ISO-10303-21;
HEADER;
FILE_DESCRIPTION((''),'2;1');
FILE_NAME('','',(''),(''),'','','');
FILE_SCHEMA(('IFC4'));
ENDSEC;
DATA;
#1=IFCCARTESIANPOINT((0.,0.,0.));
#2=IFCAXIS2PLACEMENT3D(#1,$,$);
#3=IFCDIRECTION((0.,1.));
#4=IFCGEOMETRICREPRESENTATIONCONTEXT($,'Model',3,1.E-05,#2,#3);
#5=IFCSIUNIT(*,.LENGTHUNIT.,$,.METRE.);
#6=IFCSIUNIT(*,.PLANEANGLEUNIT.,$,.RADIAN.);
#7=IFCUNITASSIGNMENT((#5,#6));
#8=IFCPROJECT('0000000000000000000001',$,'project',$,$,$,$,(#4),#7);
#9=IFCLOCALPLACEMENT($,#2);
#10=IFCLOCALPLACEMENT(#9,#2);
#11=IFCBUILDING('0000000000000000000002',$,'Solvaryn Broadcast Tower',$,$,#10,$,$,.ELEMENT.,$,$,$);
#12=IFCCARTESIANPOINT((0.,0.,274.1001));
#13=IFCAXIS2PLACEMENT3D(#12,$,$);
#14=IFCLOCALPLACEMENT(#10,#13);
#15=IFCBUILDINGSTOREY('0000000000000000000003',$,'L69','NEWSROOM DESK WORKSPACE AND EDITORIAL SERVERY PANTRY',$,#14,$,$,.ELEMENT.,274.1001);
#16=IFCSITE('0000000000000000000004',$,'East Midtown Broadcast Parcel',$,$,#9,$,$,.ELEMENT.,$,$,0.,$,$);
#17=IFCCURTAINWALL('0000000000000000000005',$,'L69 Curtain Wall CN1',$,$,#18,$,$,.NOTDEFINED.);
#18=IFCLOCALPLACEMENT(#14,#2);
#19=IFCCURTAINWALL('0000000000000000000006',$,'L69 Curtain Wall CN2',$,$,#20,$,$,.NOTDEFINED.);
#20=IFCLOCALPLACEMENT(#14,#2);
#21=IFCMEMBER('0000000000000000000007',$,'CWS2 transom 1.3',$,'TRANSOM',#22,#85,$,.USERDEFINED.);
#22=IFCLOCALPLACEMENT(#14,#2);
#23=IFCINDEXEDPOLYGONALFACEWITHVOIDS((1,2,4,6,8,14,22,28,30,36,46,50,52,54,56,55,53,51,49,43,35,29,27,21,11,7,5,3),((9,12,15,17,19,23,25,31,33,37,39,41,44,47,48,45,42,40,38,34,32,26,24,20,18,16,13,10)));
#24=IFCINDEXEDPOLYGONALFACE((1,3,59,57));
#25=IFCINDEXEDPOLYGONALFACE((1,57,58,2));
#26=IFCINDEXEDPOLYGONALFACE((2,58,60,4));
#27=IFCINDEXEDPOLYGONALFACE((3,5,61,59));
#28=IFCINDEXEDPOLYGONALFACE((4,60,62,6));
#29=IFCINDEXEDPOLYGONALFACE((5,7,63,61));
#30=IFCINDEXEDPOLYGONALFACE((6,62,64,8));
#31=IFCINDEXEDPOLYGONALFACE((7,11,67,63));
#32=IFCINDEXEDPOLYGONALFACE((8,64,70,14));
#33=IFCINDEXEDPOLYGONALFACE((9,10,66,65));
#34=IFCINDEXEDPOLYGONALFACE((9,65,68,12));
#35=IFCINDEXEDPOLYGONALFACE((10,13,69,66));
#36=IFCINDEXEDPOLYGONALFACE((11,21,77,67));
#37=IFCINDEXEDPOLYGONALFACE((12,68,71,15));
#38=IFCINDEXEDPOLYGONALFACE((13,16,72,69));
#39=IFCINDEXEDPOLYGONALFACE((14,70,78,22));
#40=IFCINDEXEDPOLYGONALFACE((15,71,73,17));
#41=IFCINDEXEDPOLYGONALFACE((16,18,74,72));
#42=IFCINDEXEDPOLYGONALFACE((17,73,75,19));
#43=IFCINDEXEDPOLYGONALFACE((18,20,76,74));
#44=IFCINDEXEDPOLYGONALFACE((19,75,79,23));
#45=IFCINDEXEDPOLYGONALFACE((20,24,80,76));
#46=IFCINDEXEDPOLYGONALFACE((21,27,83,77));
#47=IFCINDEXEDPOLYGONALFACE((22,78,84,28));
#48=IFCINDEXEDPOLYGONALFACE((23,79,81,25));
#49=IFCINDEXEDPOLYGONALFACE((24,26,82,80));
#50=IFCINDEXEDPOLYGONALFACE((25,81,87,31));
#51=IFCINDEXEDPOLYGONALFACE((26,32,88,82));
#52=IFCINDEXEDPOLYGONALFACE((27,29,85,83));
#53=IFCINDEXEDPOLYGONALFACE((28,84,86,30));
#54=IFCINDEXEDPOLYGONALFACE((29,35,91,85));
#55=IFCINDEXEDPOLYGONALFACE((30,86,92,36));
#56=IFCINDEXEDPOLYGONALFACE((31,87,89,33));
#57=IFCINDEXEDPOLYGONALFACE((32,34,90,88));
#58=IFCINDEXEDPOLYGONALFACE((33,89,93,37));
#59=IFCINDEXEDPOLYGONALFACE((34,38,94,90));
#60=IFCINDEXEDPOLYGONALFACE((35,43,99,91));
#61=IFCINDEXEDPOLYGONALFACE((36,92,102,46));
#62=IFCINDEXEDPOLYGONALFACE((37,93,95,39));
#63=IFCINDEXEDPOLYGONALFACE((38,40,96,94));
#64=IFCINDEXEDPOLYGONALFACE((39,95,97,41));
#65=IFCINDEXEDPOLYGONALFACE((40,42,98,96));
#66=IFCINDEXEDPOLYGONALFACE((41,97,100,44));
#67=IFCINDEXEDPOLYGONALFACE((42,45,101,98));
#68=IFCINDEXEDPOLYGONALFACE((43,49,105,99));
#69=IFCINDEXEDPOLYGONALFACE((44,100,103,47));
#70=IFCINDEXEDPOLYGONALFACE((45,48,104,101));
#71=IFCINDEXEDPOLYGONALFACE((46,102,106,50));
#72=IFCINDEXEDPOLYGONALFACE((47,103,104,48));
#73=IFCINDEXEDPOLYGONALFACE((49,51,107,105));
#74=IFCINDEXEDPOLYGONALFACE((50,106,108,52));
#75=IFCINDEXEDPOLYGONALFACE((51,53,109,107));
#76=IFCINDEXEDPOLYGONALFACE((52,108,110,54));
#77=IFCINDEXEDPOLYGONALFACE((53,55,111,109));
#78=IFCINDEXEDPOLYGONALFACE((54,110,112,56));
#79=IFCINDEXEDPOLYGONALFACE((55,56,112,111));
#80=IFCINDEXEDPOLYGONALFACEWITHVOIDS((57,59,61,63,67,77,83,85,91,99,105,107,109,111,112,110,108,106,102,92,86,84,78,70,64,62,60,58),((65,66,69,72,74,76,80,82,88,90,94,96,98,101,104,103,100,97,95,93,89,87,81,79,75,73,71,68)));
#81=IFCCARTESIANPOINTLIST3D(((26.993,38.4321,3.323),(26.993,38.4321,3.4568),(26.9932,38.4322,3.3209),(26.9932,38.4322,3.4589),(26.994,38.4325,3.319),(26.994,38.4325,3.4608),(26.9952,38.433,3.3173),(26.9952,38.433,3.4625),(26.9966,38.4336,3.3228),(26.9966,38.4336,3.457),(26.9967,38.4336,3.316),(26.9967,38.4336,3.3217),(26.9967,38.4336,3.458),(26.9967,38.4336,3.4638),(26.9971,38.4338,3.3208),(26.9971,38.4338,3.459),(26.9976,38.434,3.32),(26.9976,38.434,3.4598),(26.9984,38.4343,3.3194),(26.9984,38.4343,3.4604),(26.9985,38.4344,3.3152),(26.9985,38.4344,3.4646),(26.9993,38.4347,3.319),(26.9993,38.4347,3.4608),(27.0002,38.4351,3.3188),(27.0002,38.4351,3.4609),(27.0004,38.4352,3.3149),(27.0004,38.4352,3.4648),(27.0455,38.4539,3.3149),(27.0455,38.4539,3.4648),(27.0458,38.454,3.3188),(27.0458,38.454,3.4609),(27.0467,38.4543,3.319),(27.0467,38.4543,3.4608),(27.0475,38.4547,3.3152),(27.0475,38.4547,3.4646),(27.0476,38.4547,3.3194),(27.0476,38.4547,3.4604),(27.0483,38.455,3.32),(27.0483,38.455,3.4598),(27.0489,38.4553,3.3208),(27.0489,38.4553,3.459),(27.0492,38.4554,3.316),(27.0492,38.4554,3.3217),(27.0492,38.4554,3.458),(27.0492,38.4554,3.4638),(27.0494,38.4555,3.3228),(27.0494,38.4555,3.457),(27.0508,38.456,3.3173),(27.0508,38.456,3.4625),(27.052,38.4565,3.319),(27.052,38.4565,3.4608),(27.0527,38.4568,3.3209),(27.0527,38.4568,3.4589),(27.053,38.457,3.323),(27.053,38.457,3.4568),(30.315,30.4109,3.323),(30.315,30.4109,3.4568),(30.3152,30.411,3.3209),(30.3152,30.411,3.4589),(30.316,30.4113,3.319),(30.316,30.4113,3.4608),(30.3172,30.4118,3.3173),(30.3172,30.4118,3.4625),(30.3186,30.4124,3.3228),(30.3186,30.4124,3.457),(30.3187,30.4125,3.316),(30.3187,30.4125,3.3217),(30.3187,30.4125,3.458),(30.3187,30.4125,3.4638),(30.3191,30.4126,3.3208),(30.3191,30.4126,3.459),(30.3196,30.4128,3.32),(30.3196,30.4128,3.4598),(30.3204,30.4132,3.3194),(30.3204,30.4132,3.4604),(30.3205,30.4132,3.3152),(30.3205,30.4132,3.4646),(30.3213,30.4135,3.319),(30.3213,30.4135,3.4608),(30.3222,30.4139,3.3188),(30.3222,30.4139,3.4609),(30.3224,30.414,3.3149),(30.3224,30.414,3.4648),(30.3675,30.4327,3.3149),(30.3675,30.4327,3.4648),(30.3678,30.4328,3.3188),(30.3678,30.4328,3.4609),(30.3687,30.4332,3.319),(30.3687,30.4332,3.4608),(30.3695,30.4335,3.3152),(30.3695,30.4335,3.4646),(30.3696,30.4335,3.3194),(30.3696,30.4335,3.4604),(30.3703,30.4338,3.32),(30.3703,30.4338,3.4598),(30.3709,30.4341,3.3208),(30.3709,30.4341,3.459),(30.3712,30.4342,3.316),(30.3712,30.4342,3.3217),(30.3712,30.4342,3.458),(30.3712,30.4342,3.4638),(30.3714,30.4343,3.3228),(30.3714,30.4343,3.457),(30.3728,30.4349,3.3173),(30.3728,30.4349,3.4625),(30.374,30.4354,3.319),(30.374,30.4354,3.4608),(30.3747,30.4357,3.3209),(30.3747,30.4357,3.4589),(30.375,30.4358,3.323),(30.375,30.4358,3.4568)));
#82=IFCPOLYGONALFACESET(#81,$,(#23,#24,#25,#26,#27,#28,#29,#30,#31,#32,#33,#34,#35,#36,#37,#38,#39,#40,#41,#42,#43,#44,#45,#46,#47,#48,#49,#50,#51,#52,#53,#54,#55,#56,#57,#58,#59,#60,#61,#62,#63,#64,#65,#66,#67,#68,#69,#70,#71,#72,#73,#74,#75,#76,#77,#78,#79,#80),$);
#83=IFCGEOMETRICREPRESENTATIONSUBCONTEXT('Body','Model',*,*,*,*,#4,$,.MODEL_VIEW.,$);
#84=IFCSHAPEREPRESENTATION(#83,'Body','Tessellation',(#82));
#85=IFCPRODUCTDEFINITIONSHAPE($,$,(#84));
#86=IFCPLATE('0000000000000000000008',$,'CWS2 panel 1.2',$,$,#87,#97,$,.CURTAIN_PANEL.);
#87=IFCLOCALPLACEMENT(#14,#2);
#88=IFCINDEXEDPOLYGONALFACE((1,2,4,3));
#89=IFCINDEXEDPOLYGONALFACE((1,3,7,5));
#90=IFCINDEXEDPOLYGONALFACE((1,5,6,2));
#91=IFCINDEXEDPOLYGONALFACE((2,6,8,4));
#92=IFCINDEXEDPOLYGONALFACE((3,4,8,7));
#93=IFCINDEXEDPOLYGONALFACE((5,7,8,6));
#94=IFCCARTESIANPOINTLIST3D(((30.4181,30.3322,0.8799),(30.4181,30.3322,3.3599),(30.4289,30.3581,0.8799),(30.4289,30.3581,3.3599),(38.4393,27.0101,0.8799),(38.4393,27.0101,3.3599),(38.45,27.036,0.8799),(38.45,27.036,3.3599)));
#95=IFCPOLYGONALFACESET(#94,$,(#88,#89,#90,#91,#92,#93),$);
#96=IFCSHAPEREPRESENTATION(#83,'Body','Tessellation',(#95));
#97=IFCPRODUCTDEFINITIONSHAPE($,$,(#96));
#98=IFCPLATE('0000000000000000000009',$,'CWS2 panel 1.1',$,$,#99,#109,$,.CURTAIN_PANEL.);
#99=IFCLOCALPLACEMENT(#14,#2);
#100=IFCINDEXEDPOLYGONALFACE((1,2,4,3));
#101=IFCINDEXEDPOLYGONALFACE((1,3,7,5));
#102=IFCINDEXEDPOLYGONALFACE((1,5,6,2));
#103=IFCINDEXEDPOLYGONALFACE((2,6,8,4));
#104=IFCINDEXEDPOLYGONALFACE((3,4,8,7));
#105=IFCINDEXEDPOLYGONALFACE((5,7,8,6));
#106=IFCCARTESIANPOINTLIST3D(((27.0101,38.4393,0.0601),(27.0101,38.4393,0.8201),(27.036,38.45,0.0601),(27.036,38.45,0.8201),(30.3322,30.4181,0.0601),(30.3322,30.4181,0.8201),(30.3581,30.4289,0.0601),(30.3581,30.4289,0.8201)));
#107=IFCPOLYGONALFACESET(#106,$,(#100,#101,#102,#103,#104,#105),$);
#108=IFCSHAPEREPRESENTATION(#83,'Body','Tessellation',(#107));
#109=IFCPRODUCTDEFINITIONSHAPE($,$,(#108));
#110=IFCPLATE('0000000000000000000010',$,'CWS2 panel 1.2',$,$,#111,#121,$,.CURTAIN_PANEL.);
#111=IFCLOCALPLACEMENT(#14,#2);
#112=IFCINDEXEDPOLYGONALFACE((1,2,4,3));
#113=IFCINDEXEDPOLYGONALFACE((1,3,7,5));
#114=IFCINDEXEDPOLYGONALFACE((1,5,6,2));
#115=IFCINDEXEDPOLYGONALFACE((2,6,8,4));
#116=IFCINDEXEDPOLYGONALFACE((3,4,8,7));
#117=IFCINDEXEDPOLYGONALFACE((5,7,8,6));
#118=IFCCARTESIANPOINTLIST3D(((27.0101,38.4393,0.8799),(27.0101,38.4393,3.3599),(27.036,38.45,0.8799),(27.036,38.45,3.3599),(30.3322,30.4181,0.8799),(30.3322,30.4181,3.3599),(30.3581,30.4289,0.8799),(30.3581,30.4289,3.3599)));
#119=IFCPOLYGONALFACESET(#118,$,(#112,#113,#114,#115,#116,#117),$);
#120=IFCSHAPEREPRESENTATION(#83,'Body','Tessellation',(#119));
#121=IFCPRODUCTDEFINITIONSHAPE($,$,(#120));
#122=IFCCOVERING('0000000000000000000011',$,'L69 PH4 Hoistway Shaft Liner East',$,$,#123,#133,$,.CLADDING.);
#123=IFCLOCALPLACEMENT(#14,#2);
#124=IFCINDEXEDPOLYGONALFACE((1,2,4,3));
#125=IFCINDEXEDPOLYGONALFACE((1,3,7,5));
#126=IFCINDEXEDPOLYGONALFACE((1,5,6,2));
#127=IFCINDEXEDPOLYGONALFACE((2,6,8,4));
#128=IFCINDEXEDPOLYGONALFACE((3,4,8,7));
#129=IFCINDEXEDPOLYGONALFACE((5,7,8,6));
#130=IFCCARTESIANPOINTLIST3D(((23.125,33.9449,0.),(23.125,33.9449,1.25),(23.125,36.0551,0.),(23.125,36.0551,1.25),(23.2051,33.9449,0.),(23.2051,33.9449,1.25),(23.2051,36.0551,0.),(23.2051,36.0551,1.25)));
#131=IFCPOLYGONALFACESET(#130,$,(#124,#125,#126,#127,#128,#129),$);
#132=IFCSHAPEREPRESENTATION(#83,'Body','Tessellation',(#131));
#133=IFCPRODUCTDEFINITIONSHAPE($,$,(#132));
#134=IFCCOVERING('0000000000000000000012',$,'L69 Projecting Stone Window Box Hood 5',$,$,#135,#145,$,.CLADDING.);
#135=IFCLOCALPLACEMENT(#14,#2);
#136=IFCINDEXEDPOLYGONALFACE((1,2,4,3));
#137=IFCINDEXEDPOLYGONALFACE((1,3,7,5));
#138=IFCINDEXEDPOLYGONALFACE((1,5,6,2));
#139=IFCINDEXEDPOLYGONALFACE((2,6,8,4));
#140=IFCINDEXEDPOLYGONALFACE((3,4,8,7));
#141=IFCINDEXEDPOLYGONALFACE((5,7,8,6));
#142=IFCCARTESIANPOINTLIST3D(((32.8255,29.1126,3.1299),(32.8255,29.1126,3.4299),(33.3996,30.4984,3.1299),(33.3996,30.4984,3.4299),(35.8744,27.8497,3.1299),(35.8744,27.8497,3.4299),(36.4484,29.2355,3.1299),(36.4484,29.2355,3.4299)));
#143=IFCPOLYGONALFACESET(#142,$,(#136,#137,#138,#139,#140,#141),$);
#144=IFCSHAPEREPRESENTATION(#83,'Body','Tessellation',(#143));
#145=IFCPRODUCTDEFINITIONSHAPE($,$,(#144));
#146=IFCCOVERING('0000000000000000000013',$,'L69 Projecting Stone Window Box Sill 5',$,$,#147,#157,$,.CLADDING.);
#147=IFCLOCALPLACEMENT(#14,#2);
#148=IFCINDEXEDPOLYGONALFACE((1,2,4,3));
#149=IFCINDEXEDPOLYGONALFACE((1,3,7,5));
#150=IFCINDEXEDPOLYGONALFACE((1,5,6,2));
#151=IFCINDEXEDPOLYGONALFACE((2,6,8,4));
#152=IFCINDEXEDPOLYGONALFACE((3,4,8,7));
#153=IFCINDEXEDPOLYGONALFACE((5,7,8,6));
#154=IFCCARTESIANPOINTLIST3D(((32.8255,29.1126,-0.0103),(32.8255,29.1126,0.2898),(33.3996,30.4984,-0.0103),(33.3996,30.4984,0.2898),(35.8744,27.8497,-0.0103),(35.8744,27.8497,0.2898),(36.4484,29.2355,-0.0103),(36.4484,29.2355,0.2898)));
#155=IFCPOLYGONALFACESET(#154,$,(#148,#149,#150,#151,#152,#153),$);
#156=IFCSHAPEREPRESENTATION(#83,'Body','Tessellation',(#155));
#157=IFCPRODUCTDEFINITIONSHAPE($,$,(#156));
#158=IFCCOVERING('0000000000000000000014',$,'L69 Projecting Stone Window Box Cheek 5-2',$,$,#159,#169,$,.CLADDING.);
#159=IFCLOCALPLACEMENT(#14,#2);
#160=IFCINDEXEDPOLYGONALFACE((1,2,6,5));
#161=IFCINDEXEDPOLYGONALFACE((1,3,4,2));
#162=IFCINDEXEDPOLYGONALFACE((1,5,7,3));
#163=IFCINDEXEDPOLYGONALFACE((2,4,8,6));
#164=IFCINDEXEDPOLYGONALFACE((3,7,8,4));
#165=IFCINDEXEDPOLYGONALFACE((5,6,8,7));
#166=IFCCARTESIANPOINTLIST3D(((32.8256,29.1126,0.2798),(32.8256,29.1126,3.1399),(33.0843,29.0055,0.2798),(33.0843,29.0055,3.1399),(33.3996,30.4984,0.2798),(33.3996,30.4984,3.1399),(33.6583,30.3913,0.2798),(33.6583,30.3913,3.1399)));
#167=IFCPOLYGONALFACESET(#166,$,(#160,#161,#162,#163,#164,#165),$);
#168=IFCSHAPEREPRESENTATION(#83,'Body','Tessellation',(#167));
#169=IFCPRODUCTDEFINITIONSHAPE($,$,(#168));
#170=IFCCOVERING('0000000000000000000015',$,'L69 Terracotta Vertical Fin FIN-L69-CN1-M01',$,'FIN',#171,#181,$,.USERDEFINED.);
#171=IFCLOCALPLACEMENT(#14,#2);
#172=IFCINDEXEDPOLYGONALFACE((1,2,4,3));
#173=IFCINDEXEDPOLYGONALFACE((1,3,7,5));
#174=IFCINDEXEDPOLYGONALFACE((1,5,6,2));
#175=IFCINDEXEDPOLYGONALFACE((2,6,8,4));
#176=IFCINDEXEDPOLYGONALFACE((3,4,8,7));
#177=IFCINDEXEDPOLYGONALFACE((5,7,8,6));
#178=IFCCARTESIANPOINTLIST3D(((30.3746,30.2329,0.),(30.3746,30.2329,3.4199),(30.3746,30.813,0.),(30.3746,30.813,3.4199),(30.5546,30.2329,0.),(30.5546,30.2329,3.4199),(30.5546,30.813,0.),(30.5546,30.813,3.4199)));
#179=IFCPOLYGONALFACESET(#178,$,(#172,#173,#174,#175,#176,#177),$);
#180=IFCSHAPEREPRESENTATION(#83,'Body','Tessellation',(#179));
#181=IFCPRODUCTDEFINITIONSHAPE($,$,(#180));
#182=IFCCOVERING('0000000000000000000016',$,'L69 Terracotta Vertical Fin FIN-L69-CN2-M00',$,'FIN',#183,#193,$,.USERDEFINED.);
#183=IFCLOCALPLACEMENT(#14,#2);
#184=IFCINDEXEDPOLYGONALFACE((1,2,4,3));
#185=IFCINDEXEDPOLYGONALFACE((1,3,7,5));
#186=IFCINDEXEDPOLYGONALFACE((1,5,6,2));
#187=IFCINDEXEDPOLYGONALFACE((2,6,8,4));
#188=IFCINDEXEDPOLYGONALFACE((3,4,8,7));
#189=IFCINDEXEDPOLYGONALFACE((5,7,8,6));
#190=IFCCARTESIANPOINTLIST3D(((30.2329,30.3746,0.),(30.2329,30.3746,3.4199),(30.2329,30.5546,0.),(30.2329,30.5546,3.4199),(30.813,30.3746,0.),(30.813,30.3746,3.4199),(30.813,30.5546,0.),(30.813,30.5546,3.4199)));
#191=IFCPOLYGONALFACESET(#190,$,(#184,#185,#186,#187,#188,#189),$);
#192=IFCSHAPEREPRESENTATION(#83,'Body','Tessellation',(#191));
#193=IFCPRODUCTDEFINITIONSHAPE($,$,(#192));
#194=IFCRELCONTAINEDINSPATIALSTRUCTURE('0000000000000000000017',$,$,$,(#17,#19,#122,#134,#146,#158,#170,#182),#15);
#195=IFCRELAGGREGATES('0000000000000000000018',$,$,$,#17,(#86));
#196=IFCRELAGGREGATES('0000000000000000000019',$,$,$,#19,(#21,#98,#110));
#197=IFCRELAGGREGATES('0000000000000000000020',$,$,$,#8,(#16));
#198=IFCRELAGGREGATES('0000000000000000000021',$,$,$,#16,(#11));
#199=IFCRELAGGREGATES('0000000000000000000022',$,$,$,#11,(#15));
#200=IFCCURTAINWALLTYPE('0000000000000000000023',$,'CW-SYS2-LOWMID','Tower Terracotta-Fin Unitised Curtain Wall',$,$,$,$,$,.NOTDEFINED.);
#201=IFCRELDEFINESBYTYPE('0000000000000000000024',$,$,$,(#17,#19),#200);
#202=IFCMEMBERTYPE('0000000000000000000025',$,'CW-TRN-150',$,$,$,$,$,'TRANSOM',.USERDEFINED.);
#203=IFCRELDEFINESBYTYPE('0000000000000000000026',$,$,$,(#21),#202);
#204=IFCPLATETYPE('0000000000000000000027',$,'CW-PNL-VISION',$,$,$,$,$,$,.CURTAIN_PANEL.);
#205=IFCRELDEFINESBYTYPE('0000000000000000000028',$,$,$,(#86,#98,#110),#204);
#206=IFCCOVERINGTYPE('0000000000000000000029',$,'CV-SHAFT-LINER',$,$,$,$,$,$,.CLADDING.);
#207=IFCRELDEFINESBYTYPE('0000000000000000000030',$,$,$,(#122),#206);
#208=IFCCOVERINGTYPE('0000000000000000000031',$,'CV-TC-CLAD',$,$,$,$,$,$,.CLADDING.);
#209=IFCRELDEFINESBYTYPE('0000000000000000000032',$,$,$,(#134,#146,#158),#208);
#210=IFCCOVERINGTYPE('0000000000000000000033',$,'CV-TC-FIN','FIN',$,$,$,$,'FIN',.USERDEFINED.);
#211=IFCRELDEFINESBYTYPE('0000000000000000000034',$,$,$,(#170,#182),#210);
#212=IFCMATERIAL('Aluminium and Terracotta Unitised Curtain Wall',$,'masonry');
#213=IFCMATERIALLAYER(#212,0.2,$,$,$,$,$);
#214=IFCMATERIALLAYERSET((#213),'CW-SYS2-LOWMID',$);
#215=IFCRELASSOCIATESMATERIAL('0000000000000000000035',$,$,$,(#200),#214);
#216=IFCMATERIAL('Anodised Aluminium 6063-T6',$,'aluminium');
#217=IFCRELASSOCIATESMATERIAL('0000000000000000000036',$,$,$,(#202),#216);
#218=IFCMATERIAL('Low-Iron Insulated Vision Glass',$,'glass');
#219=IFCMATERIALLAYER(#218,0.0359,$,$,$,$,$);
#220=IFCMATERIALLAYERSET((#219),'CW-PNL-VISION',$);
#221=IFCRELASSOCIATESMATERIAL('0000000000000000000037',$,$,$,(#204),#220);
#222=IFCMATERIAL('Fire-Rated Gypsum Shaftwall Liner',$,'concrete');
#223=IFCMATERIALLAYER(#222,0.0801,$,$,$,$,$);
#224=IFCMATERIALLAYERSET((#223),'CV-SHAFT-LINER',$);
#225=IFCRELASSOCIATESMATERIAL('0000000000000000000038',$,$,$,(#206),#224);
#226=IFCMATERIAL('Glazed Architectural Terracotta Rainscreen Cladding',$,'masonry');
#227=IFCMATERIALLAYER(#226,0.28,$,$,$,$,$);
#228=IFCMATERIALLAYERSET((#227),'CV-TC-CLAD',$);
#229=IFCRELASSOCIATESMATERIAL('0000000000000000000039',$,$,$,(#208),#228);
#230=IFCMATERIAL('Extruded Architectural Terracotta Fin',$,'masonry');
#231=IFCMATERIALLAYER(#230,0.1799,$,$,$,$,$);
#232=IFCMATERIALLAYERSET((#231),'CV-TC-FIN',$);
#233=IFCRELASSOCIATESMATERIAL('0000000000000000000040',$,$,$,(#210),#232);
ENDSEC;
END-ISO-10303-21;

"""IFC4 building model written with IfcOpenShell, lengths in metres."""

from ifc_helpers import new_model, si_unit, direction, frame, origin, origin_2d, place, context, subcontext, project, spatial, rectangle, hollow_rectangle, extrude, material, layer, layer_set, material_profile, profile_set, type_object, element, aggregate, save


model = new_model("IFC4")

# Units and contexts
model_context = context("Model", 3, precision=1e-05, world=origin(), true_north=direction((0.0, 1.0)))
body_context = subcontext(model_context, "Body", "Model", "MODEL_VIEW")
ifc_project = project(units=[si_unit("LENGTHUNIT", "METRE"), si_unit("PLANEANGLEUNIT", "RADIAN")], contexts=[model_context])

# Site, building, storey
site_placement = place(None, origin())
site = spatial("IfcSite", under=ifc_project, at=site_placement, Name="East Midtown Broadcast Parcel", CompositionType="ELEMENT", RefElevation=0.0)
building_placement = place(site_placement, origin())
building = spatial("IfcBuilding", under=site, at=building_placement, Name="Solvaryn Broadcast Tower", CompositionType="ELEMENT")
storey_placement = place(building_placement, frame((0.0, 0.0, 274.1001)))
storey = spatial("IfcBuildingStorey", under=building, at=storey_placement, Name="L69", Description="NEWSROOM DESK WORKSPACE AND EDITORIAL SERVERY PANTRY", CompositionType="ELEMENT", Elevation=274.1001)

# Curtain wall
ifc_material_1 = material(Name="Aluminium and Terracotta Unitised Curtain Wall", Category="masonry")
ifc_layer_1 = layer(ifc_material_1, 0.2)
ifc_layer_set_1 = layer_set([ifc_layer_1], Name="CW-SYS2-LOWMID")
curtain_wall_type = type_object("IfcCurtainWallType", Name="CW-SYS2-LOWMID", Description="Tower Terracotta-Fin Unitised Curtain Wall", PredefinedType="NOTDEFINED", material=ifc_layer_set_1)
curtain_wall_1_placement = place(storey_placement, origin())
curtain_wall_1 = element("IfcCurtainWall", 1, at=curtain_wall_1_placement, inside=storey, type_object=curtain_wall_type, Name="L69 Curtain Wall CN1", PredefinedType="NOTDEFINED")

# Curtain wall, member
curtain_wall_2_placement = place(storey_placement, origin())
curtain_wall_2 = element("IfcCurtainWall", 2, at=curtain_wall_2_placement, inside=storey, type_object=curtain_wall_type, Name="L69 Curtain Wall CN2", PredefinedType="NOTDEFINED")
ifc_material_2 = material(Name="Anodised Aluminium 6063-T6", Category="aluminium")
ifc_material_profile_1 = material_profile(ifc_material_2, hollow_rectangle(XDim=0.0649, YDim=0.1499, WallThickness=0.0039, InnerFilletRadius=0.0039, OuterFilletRadius=0.0081, at=origin_2d()))
ifc_profile_set_1 = profile_set([ifc_material_profile_1], Name="Anodised Aluminium 6063-T6")
member_type_1 = type_object("IfcMemberType", Name="CW-TRN-150", ElementType="TRANSOM", PredefinedType="USERDEFINED", material=ifc_profile_set_1)
member_1_placement = place(storey_placement, frame((30.345, 30.4233, 3.3899), z_axis=(-0.382636, 0.923899, 0.0), x_axis=(-0.923899, -0.382636, 0.0)))
member_1 = element("IfcMember", 3, at=member_1_placement, type_object=member_type_1, Name="CWS2 transom 1.3", ObjectType="TRANSOM", PredefinedType="USERDEFINED", context=body_context, shape_type="SweptSolid", body=[
    extrude(hollow_rectangle(XDim=0.0649, YDim=0.1499, WallThickness=0.0039, InnerFilletRadius=0.0039, OuterFilletRadius=0.0081, at=origin_2d()), origin(), (0.0, 0.0, 1.0), 8.6819),
])

# Plates
ifc_material_3 = material(Name="Low-Iron Insulated Vision Glass", Category="glass")
ifc_layer_2 = layer(ifc_material_3, 0.0359)
ifc_layer_set_2 = layer_set([ifc_layer_2], Name="CW-PNL-VISION")
plate_type = type_object("IfcPlateType", Name="CW-PNL-VISION", PredefinedType="CURTAIN_PANEL", material=ifc_layer_set_2)
plate_1_placement = place(storey_placement, frame((34.4341, 28.6841, 0.8799), z_axis=(0.0, 0.0, 1.0), x_axis=(-0.923895, 0.382646, 0.0)))
plate_1 = element("IfcPlate", 4, at=plate_1_placement, type_object=plate_type, Name="CWS2 panel 1.2", PredefinedType="CURTAIN_PANEL", context=body_context, shape_type="SweptSolid", body=[
    extrude(rectangle(XDim=8.6819, YDim=0.0281, at=origin_2d()), origin(), (0.0, 0.0, 1.0), 2.48),
])
aggregate(curtain_wall_1, [plate_1])
plate_2_placement = place(storey_placement, frame((28.6841, 34.4341, 0.0601), z_axis=(0.0, 0.0, 1.0), x_axis=(-0.382646, 0.923895, 0.0)))
plate_2 = element("IfcPlate", 5, at=plate_2_placement, type_object=plate_type, Name="CWS2 panel 1.1", PredefinedType="CURTAIN_PANEL", context=body_context, shape_type="SweptSolid", body=[
    extrude(rectangle(XDim=8.6819, YDim=0.0281, at=origin_2d()), origin(), (0.0, 0.0, 1.0), 0.76),
])
plate_3_placement = place(storey_placement, frame((28.6841, 34.4341, 0.8799), z_axis=(0.0, 0.0, 1.0), x_axis=(-0.382646, 0.923895, 0.0)))
plate_3 = element("IfcPlate", 6, at=plate_3_placement, type_object=plate_type, Name="CWS2 panel 1.2", PredefinedType="CURTAIN_PANEL", context=body_context, shape_type="SweptSolid", body=[
    extrude(rectangle(XDim=8.6819, YDim=0.0281, at=origin_2d()), origin(), (0.0, 0.0, 1.0), 2.48),
])
aggregate(curtain_wall_2, [member_1, plate_2, plate_3])

# Coverings
ifc_material_4 = material(Name="Fire-Rated Gypsum Shaftwall Liner", Category="concrete")
ifc_layer_3 = layer(ifc_material_4, 0.0801)
ifc_layer_set_3 = layer_set([ifc_layer_3], Name="CV-SHAFT-LINER")
covering_type_1 = type_object("IfcCoveringType", Name="CV-SHAFT-LINER", PredefinedType="CLADDING", material=ifc_layer_set_3)
covering_1_placement = place(storey_placement, frame((23.165, 35.0, 0.0), z_axis=(0.0, 0.0, 1.0), x_axis=(1.0, 0.0, 0.0)))
element("IfcCovering", 7, at=covering_1_placement, inside=storey, type_object=covering_type_1, Name="L69 PH4 Hoistway Shaft Liner East", PredefinedType="CLADDING", context=body_context, shape_type="SweptSolid", body=[
    extrude(rectangle(XDim=0.0801, YDim=2.1101, at=origin_2d()), origin(), (0.0, 0.0, 1.0), 1.25),
])
ifc_material_5 = material(Name="Glazed Architectural Terracotta Rainscreen Cladding", Category="masonry")
ifc_layer_4 = layer(ifc_material_5, 0.28)
ifc_layer_set_4 = layer_set([ifc_layer_4], Name="CV-TC-CLAD")
covering_type_2 = type_object("IfcCoveringType", Name="CV-TC-CLAD", PredefinedType="CLADDING", material=ifc_layer_set_4)
for number, where, z_axis, x_axis, name in (
    (8, (34.637, 29.1741, 3.1299), (0.0, 0.0, 1.0), (-0.92388, 0.382683, 0.0), "L69 Projecting Stone Window Box Hood 5"),
    (9, (34.637, 29.1741, -0.0103), (0.0, 0.0, 1.0), (-0.92388, 0.382683, 0.0), "L69 Projecting Stone Window Box Sill 5"),
):
    element("IfcCovering", number, at=place(storey_placement, frame(where, z_axis=z_axis, x_axis=x_axis)), inside=storey, type_object=covering_type_2, Name=name, PredefinedType="CLADDING", context=body_context, shape_type="SweptSolid", body=[
        extrude(rectangle(XDim=3.3, YDim=1.5, at=origin_2d()), origin(), (0.0, 0.0, 1.0), 0.3),
    ])
covering_2_placement = place(storey_placement, frame((33.2419, 29.752, 0.2798), z_axis=(0.0, 0.0, 1.0), x_axis=(-0.92388, 0.382683, 0.0)))
element("IfcCovering", 10, at=covering_2_placement, inside=storey, type_object=covering_type_2, Name="L69 Projecting Stone Window Box Cheek 5-2", PredefinedType="CLADDING", context=body_context, shape_type="SweptSolid", body=[
    extrude(rectangle(XDim=0.28, YDim=1.5, at=origin_2d()), origin(), (0.0, 0.0, 1.0), 2.8601),
])
ifc_material_6 = material(Name="Extruded Architectural Terracotta Fin", Category="masonry")
ifc_layer_5 = layer(ifc_material_6, 0.1799)
ifc_layer_set_5 = layer_set([ifc_layer_5], Name="CV-TC-FIN")
covering_type_3 = type_object("IfcCoveringType", Name="CV-TC-FIN", Description="FIN", ElementType="FIN", PredefinedType="USERDEFINED", material=ifc_layer_set_5)
covering_3_placement = place(storey_placement, frame((30.4646, 30.5229, 0.0), z_axis=(0.0, 0.0, 1.0), x_axis=(1.0, 0.0, 0.0)))
element("IfcCovering", 11, at=covering_3_placement, inside=storey, type_object=covering_type_3, Name="L69 Terracotta Vertical Fin FIN-L69-CN1-M01", ObjectType="FIN", PredefinedType="USERDEFINED", context=body_context, shape_type="SweptSolid", body=[
    extrude(rectangle(XDim=0.1799, YDim=0.5801, at=origin_2d()), origin(), (0.0, 0.0, 1.0), 3.4199),
])
covering_4_placement = place(storey_placement, frame((30.5229, 30.4646, 0.0), z_axis=(0.0, 0.0, 1.0), x_axis=(1.0, 0.0, 0.0)))
element("IfcCovering", 12, at=covering_4_placement, inside=storey, type_object=covering_type_3, Name="L69 Terracotta Vertical Fin FIN-L69-CN2-M00", ObjectType="FIN", PredefinedType="USERDEFINED", context=body_context, shape_type="SweptSolid", body=[
    extrude(rectangle(XDim=0.5801, YDim=0.1799, at=origin_2d()), origin(), (0.0, 0.0, 1.0), 3.4199),
])

save(model, "model.ifc")
